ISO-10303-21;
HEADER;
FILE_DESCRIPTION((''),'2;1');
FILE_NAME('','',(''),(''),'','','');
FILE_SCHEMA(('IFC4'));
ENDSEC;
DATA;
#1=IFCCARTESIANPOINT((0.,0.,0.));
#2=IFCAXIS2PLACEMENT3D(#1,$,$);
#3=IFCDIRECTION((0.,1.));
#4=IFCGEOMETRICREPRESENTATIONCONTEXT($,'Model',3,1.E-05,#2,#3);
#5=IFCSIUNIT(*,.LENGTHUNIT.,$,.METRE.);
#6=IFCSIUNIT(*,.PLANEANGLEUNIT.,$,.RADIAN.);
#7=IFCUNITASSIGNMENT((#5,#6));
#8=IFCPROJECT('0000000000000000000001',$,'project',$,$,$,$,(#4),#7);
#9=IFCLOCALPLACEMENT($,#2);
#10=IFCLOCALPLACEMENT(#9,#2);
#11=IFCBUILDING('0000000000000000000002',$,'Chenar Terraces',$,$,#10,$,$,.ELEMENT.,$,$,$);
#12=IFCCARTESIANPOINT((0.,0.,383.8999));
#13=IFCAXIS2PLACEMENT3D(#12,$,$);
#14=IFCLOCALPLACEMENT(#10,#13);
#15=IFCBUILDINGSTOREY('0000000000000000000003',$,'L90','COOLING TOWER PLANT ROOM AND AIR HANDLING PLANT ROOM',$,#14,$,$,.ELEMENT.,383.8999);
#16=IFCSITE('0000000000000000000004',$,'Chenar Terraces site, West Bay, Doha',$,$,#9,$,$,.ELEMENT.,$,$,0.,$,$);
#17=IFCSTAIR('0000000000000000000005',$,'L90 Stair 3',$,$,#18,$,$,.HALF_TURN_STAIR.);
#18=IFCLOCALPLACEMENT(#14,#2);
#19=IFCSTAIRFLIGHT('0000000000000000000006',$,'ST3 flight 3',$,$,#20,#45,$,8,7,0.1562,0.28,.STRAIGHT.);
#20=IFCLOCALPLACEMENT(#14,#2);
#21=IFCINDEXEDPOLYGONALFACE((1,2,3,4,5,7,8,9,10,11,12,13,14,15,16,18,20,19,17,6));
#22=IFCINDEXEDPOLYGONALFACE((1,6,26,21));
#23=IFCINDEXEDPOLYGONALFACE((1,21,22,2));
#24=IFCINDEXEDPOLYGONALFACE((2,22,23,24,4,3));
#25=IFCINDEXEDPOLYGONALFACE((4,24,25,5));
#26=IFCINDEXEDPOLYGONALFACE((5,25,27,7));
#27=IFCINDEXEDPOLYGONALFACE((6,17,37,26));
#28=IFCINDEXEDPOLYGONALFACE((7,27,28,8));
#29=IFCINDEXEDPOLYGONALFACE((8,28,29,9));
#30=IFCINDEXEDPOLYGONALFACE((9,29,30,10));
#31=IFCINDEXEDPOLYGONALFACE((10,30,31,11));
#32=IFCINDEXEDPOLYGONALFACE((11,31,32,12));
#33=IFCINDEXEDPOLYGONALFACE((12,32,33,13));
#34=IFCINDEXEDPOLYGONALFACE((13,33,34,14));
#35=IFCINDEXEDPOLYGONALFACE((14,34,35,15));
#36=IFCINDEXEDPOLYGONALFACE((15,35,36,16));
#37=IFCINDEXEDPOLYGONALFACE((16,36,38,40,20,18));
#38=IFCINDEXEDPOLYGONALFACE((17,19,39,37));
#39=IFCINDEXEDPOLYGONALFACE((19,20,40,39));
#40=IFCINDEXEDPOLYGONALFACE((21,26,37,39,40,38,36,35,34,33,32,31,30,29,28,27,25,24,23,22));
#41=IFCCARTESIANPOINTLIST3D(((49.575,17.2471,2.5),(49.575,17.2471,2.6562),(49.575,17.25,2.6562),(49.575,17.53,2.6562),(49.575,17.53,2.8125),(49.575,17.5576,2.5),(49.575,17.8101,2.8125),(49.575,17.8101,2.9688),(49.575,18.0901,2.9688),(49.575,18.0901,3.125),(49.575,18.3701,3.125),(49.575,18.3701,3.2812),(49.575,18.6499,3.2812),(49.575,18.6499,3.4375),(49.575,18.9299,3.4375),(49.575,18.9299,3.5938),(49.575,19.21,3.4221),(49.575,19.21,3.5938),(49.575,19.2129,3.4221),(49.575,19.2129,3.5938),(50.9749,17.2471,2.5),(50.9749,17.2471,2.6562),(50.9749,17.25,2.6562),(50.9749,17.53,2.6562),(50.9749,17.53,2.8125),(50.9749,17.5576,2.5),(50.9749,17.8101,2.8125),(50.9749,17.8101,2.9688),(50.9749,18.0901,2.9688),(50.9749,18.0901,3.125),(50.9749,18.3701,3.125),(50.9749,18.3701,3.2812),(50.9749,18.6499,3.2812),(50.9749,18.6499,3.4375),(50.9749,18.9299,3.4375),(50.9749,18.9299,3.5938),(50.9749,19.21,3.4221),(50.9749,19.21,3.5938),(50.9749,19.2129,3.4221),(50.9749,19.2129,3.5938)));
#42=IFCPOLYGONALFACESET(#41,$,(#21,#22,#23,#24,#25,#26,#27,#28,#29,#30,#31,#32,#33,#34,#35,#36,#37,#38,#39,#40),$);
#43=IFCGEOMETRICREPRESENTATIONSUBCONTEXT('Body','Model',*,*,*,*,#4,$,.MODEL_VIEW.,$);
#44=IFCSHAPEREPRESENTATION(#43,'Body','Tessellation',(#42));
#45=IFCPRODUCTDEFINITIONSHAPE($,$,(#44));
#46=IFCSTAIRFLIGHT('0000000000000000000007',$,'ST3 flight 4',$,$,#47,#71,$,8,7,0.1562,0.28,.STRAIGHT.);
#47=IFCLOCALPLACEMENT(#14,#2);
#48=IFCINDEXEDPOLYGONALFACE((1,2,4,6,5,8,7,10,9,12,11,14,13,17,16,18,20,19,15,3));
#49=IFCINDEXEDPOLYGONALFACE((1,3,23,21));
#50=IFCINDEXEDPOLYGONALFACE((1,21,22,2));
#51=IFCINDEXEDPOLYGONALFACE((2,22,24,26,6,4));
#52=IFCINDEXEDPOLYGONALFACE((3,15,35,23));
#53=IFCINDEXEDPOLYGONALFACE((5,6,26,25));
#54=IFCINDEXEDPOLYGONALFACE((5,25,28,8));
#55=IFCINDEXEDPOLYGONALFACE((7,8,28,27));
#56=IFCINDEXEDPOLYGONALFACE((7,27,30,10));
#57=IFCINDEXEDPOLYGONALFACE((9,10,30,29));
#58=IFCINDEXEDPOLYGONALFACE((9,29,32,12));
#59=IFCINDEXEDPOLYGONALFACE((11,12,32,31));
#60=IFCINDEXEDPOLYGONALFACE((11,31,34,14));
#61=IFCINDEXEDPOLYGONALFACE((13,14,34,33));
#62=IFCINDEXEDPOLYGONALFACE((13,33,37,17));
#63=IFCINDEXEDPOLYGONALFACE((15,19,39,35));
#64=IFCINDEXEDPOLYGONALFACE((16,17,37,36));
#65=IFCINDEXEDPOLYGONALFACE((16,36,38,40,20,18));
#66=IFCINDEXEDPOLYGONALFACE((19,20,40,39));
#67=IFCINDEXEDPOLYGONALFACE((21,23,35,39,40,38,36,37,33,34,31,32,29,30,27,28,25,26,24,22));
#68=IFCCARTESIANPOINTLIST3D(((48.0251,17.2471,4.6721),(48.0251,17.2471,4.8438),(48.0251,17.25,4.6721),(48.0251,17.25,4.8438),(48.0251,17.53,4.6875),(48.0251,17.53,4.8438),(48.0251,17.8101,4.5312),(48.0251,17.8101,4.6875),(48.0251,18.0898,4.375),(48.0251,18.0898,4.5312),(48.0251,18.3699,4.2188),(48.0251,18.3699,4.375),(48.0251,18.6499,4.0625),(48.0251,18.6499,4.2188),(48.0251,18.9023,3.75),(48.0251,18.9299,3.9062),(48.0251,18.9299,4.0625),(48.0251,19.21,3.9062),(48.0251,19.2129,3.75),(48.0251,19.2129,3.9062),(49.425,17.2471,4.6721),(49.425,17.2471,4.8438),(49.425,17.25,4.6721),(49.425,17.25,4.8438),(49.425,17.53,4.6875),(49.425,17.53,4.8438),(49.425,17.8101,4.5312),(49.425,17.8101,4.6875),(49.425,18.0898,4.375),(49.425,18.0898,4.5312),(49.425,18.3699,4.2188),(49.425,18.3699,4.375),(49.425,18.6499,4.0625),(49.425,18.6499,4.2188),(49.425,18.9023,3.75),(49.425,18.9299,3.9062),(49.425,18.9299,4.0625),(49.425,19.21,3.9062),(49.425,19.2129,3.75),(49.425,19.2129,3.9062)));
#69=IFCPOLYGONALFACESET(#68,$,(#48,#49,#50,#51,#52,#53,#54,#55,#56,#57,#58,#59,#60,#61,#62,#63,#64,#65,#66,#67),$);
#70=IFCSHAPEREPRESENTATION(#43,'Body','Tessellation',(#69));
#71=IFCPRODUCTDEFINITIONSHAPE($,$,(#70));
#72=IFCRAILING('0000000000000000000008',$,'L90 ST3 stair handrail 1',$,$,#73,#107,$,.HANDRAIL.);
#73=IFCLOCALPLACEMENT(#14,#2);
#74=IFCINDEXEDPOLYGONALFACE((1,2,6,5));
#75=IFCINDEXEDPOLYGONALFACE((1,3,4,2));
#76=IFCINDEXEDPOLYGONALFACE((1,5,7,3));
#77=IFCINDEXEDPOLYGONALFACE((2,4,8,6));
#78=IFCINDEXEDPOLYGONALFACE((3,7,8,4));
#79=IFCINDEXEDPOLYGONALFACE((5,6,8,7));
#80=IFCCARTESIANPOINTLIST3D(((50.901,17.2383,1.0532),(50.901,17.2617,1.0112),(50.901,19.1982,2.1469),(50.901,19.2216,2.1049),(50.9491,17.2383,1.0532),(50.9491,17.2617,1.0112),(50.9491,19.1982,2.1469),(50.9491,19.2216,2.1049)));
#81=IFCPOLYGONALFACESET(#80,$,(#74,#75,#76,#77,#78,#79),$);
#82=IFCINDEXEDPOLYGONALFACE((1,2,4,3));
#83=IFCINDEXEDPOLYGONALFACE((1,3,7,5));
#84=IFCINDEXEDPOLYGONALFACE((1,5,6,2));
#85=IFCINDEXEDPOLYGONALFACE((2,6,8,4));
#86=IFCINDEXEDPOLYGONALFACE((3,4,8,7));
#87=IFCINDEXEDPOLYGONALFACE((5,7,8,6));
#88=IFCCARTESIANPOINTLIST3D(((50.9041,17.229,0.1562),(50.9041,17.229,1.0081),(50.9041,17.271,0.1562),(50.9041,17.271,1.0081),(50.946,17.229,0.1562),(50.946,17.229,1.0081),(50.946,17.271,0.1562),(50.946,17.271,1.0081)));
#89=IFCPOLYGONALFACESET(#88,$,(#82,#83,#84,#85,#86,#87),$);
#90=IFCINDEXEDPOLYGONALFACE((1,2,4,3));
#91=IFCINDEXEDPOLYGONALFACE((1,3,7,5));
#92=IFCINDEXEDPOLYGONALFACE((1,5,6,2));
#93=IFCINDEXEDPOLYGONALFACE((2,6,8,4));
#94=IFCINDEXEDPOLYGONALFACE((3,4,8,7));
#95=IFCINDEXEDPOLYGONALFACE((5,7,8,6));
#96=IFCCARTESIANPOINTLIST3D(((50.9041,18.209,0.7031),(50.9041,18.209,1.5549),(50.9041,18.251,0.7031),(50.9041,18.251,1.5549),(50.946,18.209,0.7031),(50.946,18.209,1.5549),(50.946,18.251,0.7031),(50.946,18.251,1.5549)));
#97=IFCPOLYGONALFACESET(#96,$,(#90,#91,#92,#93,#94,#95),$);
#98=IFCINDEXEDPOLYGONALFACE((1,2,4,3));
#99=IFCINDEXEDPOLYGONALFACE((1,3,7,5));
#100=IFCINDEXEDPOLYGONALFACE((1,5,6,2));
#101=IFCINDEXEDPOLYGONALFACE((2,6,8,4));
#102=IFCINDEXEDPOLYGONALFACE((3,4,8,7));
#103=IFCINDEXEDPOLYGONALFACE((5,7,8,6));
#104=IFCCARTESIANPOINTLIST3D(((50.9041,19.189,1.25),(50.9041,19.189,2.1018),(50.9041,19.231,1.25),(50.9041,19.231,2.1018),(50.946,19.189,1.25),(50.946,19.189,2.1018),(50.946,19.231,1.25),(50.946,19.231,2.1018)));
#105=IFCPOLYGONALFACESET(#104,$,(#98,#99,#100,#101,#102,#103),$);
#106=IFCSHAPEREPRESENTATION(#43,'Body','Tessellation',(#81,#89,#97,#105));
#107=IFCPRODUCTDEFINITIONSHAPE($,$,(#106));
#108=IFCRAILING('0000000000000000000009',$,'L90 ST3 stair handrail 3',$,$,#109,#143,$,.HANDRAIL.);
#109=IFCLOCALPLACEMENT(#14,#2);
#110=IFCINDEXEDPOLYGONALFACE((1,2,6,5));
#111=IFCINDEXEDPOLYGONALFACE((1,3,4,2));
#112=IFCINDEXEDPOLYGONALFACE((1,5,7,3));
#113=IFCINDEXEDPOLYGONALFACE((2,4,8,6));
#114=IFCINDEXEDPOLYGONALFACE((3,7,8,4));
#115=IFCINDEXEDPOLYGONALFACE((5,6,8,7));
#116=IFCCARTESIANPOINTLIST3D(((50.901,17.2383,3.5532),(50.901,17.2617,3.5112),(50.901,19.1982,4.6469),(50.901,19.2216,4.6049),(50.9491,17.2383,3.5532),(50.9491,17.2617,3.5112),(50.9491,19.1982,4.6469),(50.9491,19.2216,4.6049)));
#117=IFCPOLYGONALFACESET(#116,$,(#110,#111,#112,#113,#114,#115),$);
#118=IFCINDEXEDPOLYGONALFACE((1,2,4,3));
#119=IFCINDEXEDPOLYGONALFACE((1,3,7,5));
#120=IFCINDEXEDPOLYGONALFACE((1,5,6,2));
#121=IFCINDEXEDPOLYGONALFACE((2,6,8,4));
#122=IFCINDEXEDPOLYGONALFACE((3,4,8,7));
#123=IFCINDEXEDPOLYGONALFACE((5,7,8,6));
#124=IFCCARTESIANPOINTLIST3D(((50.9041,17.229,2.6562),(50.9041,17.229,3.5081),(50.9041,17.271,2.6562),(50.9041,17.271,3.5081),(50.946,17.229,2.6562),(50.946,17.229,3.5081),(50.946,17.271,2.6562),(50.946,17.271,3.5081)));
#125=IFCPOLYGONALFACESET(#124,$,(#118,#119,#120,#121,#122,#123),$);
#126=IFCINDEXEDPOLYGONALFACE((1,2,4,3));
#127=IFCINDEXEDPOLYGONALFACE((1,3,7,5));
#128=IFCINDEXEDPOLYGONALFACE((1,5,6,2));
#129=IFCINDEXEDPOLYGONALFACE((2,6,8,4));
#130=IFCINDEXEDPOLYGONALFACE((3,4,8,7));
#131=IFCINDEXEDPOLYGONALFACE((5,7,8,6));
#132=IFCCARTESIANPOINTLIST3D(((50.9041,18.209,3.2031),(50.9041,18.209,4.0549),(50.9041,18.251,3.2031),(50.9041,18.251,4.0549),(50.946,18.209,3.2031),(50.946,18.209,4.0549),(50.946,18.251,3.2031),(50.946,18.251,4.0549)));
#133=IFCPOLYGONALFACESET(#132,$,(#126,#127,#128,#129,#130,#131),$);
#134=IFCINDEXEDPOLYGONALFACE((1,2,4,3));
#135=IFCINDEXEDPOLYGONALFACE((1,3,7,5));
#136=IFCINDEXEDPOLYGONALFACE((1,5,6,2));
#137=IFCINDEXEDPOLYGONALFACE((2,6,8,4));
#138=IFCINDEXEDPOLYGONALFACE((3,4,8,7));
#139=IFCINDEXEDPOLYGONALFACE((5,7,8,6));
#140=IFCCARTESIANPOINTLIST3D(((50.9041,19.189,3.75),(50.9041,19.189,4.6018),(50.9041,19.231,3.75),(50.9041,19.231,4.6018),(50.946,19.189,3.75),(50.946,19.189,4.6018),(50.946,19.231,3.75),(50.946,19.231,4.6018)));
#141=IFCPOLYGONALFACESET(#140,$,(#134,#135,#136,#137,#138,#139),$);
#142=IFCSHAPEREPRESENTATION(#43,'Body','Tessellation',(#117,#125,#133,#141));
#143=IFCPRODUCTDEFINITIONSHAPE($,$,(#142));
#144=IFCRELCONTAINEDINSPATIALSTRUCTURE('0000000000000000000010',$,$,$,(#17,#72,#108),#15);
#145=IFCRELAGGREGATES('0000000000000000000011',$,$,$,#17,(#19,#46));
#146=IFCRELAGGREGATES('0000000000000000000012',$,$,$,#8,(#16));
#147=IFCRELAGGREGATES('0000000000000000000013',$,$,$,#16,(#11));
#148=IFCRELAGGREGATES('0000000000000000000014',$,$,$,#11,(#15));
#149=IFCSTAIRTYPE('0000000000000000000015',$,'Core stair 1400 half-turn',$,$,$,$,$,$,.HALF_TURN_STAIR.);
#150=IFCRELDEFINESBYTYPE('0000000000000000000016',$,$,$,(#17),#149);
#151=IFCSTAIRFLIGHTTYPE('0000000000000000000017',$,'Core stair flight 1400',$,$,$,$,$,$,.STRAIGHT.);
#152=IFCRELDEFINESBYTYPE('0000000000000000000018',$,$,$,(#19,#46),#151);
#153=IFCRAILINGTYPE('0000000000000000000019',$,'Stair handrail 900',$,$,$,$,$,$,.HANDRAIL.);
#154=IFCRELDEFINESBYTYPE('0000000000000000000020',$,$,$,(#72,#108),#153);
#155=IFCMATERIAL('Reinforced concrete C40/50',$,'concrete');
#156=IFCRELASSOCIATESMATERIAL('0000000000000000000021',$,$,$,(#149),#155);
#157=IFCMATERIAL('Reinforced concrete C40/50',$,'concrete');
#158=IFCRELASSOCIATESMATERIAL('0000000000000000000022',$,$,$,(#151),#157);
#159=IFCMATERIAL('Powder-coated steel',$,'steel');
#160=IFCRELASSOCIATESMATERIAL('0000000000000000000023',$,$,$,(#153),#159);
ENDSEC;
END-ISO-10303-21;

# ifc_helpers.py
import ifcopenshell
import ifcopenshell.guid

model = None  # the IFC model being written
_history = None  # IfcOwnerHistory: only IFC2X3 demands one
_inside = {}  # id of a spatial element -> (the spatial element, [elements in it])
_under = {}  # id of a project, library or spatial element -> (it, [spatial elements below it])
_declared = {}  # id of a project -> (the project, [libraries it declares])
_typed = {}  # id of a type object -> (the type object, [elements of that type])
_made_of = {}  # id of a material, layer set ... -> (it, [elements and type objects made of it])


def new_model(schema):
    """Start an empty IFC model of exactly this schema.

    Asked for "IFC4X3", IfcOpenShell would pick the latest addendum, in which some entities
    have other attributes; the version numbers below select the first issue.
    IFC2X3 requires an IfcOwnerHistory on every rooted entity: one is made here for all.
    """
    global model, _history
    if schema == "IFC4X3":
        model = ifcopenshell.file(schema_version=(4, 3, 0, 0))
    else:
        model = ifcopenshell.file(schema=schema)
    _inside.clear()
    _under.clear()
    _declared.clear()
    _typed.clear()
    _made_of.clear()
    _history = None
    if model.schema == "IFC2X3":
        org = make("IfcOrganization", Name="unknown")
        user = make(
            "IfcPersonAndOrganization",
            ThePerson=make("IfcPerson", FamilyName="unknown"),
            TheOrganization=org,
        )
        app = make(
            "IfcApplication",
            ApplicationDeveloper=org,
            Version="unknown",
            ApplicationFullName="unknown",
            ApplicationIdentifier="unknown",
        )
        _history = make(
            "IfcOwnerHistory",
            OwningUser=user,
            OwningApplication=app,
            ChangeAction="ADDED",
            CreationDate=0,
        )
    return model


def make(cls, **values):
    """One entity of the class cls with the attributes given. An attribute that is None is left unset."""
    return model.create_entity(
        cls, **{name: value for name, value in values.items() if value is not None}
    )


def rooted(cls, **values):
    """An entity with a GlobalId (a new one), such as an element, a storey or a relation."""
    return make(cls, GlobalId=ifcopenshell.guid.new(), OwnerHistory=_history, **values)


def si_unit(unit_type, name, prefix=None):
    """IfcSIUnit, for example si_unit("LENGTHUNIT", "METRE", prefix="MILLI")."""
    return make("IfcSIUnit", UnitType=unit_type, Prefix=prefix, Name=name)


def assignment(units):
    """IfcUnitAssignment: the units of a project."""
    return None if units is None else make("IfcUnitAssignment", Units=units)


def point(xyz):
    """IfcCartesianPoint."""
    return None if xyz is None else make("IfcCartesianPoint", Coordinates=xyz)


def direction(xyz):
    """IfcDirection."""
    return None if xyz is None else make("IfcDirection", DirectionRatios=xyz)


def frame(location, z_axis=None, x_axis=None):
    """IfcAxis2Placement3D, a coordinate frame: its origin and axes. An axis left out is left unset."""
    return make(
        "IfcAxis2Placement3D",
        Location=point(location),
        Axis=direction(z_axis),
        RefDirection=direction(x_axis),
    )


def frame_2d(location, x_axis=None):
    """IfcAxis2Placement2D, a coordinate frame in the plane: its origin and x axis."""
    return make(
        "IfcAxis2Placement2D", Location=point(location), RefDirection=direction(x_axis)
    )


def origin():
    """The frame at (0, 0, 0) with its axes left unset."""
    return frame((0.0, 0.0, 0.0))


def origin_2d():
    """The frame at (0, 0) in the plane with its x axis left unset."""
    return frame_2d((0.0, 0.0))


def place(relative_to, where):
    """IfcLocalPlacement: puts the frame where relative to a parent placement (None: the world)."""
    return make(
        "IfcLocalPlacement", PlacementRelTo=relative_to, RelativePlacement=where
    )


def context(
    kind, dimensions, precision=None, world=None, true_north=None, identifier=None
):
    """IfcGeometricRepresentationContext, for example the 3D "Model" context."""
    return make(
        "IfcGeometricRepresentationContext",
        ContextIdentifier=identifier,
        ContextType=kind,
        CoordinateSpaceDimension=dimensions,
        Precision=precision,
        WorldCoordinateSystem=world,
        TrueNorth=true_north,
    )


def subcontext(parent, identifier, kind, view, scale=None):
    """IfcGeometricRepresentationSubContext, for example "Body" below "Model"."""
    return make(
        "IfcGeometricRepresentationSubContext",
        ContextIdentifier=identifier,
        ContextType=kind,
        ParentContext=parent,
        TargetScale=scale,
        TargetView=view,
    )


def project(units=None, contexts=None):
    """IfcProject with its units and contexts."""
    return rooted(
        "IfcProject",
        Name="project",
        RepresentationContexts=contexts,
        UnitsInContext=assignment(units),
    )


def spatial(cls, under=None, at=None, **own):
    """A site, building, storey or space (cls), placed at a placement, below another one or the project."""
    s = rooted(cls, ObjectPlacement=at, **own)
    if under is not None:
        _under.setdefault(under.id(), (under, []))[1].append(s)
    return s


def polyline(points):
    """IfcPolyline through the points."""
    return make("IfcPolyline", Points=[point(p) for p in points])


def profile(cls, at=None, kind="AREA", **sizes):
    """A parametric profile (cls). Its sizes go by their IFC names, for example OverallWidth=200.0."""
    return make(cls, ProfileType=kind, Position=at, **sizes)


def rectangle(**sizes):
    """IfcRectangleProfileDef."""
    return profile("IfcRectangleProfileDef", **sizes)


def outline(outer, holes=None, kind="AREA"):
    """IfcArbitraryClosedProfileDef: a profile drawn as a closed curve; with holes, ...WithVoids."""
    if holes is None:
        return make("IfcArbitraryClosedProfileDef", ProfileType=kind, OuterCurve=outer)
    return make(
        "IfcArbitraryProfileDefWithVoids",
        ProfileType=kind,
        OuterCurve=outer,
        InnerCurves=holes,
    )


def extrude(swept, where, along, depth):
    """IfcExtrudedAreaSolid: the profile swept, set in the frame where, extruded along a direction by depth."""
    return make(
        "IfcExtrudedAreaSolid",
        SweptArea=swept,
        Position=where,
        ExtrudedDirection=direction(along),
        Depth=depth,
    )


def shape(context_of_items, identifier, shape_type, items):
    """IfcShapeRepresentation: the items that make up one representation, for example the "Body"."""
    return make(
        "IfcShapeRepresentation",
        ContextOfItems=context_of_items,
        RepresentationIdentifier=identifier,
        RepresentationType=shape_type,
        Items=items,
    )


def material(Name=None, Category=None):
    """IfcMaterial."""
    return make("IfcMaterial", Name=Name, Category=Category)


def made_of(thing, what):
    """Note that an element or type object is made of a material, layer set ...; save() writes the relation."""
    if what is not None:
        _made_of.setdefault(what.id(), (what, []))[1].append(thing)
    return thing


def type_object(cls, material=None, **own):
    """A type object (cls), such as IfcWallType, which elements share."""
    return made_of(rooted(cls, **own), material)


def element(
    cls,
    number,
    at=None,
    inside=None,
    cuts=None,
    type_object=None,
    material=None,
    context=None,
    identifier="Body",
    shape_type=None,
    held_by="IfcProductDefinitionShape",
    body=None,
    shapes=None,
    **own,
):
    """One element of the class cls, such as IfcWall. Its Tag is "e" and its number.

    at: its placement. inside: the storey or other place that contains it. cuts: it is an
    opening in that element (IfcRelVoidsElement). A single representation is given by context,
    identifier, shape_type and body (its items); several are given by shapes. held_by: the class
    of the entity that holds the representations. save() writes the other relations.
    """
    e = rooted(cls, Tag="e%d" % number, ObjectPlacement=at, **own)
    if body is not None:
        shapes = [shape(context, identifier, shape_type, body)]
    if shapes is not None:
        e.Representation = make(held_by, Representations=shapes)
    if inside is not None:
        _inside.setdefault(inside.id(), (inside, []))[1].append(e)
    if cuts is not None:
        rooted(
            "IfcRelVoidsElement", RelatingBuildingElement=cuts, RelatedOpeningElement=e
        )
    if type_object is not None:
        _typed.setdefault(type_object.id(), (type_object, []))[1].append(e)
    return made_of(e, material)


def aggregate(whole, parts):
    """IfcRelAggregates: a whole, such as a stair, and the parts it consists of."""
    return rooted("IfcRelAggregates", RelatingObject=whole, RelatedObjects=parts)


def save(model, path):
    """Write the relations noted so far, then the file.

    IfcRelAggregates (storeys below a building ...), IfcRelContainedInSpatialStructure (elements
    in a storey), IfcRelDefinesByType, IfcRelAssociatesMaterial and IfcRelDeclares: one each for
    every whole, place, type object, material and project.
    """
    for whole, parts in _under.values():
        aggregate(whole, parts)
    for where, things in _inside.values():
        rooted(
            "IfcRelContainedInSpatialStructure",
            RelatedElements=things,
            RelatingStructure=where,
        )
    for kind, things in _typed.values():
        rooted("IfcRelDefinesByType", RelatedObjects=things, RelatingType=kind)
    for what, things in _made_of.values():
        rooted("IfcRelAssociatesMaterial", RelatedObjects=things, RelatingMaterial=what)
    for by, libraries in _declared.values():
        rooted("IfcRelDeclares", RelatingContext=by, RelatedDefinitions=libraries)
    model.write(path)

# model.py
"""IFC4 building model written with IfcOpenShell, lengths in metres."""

from ifc_helpers import new_model, si_unit, direction, frame, origin, origin_2d, place, context, subcontext, project, spatial, polyline, rectangle, outline, extrude, material, type_object, element, aggregate, save


model = new_model("IFC4")

# Units and contexts
model_context = context("Model", 3, precision=1e-05, world=origin(), true_north=direction((0.0, 1.0)))
body_context = subcontext(model_context, "Body", "Model", "MODEL_VIEW")
ifc_project = project(units=[si_unit("LENGTHUNIT", "METRE"), si_unit("PLANEANGLEUNIT", "RADIAN")], contexts=[model_context])

# Site, building, storey
site_placement = place(None, origin())
site = spatial("IfcSite", under=ifc_project, at=site_placement, Name="Chenar Terraces site, West Bay, Doha", CompositionType="ELEMENT", RefElevation=0.0)
building_placement = place(site_placement, origin())
building = spatial("IfcBuilding", under=site, at=building_placement, Name="Chenar Terraces", CompositionType="ELEMENT")
storey_placement = place(building_placement, frame((0.0, 0.0, 383.8999)))
storey = spatial("IfcBuildingStorey", under=building, at=storey_placement, Name="L90", Description="COOLING TOWER PLANT ROOM AND AIR HANDLING PLANT ROOM", CompositionType="ELEMENT", Elevation=383.8999)

# Shared definitions
placement = place(storey_placement, origin())

# Stair, stair flights
ifc_material_1 = material(Name="Reinforced concrete C40/50", Category="concrete")
stair_type = type_object("IfcStairType", Name="Core stair 1400 half-turn", PredefinedType="HALF_TURN_STAIR", material=ifc_material_1)
stair = element("IfcStair", 1, at=placement, inside=storey, type_object=stair_type, Name="L90 Stair 3", PredefinedType="HALF_TURN_STAIR")
ifc_material_2 = material(Name="Reinforced concrete C40/50", Category="concrete")
stair_flight_type = type_object("IfcStairFlightType", Name="Core stair flight 1400", PredefinedType="STRAIGHT", material=ifc_material_2)
stair_flight_1_placement = place(storey_placement, frame((50.2749, 17.25, 2.5), z_axis=(0.0, 0.0, 1.0), x_axis=(0.0, 1.0, 0.0)))
stair_flight_1 = element("IfcStairFlight", 2, at=stair_flight_1_placement, type_object=stair_flight_type, Name="ST3 flight 3", NumberOfRisers=8, NumberOfTreads=7, PredefinedType="STRAIGHT", RiserHeight=0.1562, TreadLength=0.28, context=body_context, shape_type="SweptSolid", body=[
    extrude(outline(polyline([(-0.0029, 0.0), (-0.0029, 0.1562), (0.0, 0.1562), (0.28, 0.1562), (0.28, 0.3125), (0.5601, 0.3125), (0.5601, 0.4688), (0.8401, 0.4688), (0.8401, 0.625), (1.1201, 0.625), (1.1201, 0.7812), (1.3999, 0.7812), (1.3999, 0.9375), (1.6799, 0.9375), (1.6799, 1.0938), (1.96, 1.0938), (1.9629, 1.0938), (1.9629, 0.9221), (1.96, 0.9221), (0.3076, 0.0), (-0.0029, 0.0)])), frame((0.0, 0.7, 0.0), z_axis=(0.0, -1.0, 0.0), x_axis=(1.0, 0.0, 0.0)), (0.0, 0.0, 1.0), 1.3999),
])
stair_flight_2_placement = place(storey_placement, frame((48.7251, 19.21, 3.75), z_axis=(0.0, 0.0, 1.0), x_axis=(0.0, -1.0, 0.0)))
stair_flight_2 = element("IfcStairFlight", 3, at=stair_flight_2_placement, type_object=stair_flight_type, Name="ST3 flight 4", NumberOfRisers=8, NumberOfTreads=7, PredefinedType="STRAIGHT", RiserHeight=0.1562, TreadLength=0.28, context=body_context, shape_type="SweptSolid", body=[
    extrude(outline(polyline([(-0.0029, 0.0), (-0.0029, 0.1562), (0.0, 0.1562), (0.28, 0.1562), (0.28, 0.3125), (0.5601, 0.3125), (0.5601, 0.4688), (0.8401, 0.4688), (0.8401, 0.625), (1.1201, 0.625), (1.1201, 0.7812), (1.3999, 0.7812), (1.3999, 0.9375), (1.6799, 0.9375), (1.6799, 1.0938), (1.96, 1.0938), (1.9629, 1.0938), (1.9629, 0.9221), (1.96, 0.9221), (0.3076, 0.0), (-0.0029, 0.0)])), frame((0.0, 0.7, 0.0), z_axis=(0.0, -1.0, 0.0), x_axis=(1.0, 0.0, 0.0)), (0.0, 0.0, 1.0), 1.3999),
])
aggregate(stair, [stair_flight_1, stair_flight_2])

# Railings
ifc_material_3 = material(Name="Powder-coated steel", Category="steel")
railing_type_1 = type_object("IfcRailingType", Name="Stair handrail 900", PredefinedType="HANDRAIL", material=ifc_material_3)
for number, where, name in (
    (4, (50.925, 17.25, 0.1562), "L90 ST3 stair handrail 1"),
    (5, (50.925, 17.25, 2.6562), "L90 ST3 stair handrail 3"),
):
    element("IfcRailing", number, at=place(storey_placement, frame(where)), inside=storey, type_object=railing_type_1, Name=name, PredefinedType="HANDRAIL", context=body_context, shape_type="SweptSolid", body=[
        extrude(rectangle(XDim=0.0481, YDim=0.0481, at=origin_2d()), frame((0.0, 0.0, 0.876), z_axis=(0.0, 0.873232, 0.487304), x_axis=(-1.0, 0.0, 0.0)), (0.0, 0.0, 1.0), 2.2444),
        extrude(rectangle(XDim=0.042, YDim=0.042, at=origin_2d()), origin(), (0.0, 0.0, 1.0), 0.8518),
        extrude(rectangle(XDim=0.042, YDim=0.042, at=origin_2d()), frame((0.0, 0.98, 0.5469)), (0.0, 0.0, 1.0), 0.8518),
        extrude(rectangle(XDim=0.042, YDim=0.042, at=origin_2d()), frame((0.0, 1.96, 1.0938)), (0.0, 0.0, 1.0), 0.8518),
    ])

save(model, "model.ifc")
